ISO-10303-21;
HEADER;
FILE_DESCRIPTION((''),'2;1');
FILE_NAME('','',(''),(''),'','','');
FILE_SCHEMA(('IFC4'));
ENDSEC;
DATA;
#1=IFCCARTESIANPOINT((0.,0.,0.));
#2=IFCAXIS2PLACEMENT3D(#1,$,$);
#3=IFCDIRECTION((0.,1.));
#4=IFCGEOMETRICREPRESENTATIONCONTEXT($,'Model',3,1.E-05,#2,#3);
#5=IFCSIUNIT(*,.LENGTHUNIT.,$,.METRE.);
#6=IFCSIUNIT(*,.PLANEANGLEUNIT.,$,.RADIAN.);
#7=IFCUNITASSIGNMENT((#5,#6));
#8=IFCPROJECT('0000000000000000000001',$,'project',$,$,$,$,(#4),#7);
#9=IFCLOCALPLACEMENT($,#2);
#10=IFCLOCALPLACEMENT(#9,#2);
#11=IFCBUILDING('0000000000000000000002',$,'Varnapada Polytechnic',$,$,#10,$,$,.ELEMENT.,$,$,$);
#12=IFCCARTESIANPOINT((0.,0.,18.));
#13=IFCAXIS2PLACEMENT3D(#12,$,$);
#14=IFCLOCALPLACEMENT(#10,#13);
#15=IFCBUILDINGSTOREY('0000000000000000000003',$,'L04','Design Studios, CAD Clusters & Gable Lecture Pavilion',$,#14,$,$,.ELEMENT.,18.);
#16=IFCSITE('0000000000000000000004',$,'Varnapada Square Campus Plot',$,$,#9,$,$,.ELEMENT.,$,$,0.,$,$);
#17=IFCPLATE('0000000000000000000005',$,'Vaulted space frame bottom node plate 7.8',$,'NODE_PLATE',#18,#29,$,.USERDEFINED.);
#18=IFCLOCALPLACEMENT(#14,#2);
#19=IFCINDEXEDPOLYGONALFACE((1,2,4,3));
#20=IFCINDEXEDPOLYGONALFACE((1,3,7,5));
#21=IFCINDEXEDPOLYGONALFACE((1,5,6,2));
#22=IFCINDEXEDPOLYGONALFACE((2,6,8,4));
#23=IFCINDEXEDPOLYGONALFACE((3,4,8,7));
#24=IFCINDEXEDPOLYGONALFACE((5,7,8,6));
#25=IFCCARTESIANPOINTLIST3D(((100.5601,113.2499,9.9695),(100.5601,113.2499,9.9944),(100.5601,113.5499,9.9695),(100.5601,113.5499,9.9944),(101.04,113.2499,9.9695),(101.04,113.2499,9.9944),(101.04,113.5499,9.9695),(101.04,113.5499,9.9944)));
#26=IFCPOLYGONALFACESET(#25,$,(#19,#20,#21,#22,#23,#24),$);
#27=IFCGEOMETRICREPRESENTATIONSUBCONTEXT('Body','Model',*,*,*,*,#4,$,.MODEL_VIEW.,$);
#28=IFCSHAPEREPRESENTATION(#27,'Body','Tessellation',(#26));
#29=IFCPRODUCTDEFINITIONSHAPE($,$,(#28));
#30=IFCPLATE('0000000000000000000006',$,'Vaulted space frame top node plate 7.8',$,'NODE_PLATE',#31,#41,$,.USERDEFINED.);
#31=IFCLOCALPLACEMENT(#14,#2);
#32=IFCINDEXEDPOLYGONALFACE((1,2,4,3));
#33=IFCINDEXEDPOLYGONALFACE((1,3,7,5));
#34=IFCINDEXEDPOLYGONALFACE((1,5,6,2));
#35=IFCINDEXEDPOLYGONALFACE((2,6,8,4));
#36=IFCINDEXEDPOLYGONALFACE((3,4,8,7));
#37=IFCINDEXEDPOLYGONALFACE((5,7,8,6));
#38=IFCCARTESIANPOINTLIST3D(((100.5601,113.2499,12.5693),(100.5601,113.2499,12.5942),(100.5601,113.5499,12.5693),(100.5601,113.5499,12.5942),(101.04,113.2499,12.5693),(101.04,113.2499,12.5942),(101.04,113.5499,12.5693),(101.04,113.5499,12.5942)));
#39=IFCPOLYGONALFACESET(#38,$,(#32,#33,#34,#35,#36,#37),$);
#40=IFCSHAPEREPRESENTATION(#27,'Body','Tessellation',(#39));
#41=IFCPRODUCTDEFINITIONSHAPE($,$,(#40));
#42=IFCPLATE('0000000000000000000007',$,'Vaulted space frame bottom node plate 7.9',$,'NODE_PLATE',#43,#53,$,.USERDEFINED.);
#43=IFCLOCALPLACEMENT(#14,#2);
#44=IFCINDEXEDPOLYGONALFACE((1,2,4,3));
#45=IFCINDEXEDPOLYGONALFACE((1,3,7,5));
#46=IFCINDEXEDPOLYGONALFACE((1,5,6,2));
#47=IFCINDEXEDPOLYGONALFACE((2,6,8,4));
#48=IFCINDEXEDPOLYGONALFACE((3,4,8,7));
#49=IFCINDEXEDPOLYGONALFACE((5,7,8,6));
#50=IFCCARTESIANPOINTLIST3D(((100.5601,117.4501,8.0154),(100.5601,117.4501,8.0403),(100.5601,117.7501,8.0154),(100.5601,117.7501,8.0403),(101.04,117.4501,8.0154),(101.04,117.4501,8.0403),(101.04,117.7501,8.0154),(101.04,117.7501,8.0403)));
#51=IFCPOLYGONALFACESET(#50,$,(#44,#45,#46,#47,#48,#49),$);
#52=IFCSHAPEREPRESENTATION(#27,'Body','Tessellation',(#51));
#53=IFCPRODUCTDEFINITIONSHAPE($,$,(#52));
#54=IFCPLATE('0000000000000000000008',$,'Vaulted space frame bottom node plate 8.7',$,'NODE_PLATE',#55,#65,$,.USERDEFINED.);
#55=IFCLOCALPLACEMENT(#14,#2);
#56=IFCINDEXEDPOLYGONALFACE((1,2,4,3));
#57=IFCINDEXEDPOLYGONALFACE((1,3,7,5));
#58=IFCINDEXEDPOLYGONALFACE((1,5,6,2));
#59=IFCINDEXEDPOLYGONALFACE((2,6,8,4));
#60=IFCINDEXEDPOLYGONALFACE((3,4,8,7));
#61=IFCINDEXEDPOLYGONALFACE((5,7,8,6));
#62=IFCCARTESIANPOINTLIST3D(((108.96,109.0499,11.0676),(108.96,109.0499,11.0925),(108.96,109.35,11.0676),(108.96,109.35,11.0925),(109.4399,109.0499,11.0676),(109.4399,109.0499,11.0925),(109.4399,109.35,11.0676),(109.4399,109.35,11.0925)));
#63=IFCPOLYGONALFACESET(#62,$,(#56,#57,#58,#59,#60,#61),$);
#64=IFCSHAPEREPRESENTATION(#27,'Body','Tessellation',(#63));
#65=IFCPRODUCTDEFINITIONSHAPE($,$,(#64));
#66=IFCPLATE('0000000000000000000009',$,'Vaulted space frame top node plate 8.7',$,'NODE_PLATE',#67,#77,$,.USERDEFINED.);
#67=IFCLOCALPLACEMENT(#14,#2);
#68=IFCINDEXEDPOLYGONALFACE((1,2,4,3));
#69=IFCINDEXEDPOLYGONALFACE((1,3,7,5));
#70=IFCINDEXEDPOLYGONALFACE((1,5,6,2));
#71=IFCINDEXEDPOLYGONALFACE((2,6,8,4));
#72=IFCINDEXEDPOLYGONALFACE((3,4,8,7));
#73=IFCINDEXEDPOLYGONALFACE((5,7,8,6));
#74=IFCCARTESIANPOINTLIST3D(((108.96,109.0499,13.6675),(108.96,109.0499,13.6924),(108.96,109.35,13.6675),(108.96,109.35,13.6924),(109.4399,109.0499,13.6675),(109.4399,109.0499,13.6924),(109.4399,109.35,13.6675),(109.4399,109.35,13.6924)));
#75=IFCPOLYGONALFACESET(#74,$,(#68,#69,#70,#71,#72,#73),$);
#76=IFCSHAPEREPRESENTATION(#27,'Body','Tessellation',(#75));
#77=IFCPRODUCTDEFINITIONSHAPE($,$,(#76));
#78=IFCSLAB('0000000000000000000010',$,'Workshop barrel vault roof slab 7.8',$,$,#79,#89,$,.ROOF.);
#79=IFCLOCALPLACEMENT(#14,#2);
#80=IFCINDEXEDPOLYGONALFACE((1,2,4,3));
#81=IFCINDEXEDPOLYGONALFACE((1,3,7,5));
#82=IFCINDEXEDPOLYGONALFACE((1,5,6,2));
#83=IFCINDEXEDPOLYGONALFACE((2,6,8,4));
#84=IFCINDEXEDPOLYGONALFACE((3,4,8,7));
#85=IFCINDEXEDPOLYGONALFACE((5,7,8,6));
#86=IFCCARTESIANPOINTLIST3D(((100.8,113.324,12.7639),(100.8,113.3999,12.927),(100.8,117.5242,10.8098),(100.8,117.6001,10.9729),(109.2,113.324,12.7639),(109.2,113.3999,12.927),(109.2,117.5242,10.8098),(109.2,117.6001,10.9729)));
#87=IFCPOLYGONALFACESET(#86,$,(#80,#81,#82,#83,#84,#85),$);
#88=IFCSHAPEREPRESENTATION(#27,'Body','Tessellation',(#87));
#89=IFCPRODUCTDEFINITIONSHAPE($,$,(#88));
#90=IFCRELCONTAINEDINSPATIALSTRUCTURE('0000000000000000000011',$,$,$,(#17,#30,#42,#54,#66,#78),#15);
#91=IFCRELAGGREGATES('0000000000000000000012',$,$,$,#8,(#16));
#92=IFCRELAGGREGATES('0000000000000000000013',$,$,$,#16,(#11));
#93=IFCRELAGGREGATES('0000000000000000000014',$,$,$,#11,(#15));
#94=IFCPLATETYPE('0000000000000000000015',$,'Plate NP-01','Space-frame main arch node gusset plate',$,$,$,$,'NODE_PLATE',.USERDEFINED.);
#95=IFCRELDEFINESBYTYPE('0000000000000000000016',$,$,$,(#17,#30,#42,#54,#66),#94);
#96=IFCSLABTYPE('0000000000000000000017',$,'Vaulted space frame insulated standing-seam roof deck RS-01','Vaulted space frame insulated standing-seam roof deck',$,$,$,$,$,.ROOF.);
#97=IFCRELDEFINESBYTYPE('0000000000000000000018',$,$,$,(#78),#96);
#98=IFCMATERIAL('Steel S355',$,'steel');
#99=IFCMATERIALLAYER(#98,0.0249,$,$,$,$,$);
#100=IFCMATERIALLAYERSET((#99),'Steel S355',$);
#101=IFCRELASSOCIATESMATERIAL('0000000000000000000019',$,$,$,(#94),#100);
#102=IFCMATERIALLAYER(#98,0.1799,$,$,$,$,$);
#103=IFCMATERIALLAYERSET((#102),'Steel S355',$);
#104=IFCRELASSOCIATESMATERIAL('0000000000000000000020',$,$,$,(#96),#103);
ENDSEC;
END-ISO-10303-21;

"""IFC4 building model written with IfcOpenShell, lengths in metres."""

from ifc_helpers import new_model, si_unit, direction, frame, origin, origin_2d, place, context, subcontext, project, spatial, polyline, rectangle, outline, extrude, material, layer, layer_set, type_object, element, save


model = new_model("IFC4")

# Units and contexts
model_context = context("Model", 3, precision=1e-05, world=origin(), true_north=direction((0.0, 1.0)))
body_context = subcontext(model_context, "Body", "Model", "MODEL_VIEW")
ifc_project = project(units=[si_unit("LENGTHUNIT", "METRE"), si_unit("PLANEANGLEUNIT", "RADIAN")], contexts=[model_context])

# Site, building, storey
site_placement = place(None, origin())
site = spatial("IfcSite", under=ifc_project, at=site_placement, Name="Varnapada Square Campus Plot", CompositionType="ELEMENT", RefElevation=0.0)
building_placement = place(site_placement, origin())
building = spatial("IfcBuilding", under=site, at=building_placement, Name="Varnapada Polytechnic", CompositionType="ELEMENT")
storey_placement = place(building_placement, frame((0.0, 0.0, 18.0)))
storey = spatial("IfcBuildingStorey", under=building, at=storey_placement, Name="L04", Description="Design Studios, CAD Clusters & Gable Lecture Pavilion", CompositionType="ELEMENT", Elevation=18.0)

# Shared definitions
ifc_material = material(Name="Steel S355", Category="steel")

# Plates
ifc_layer_1 = layer(ifc_material, 0.0249)
ifc_layer_set_1 = layer_set([ifc_layer_1], Name="Steel S355")
plate_type = type_object("IfcPlateType", Name="Plate NP-01", Description="Space-frame main arch node gusset plate", ElementType="NODE_PLATE", PredefinedType="USERDEFINED", material=ifc_layer_set_1)
for number, where, z_axis, x_axis, name in (
    (1, (100.8, 113.3999, 9.9695), (0.0, 0.0, 1.0), (1.0, 0.0, 0.0), "Vaulted space frame bottom node plate 7.8"),
    (2, (100.8, 113.3999, 12.5693), (0.0, 0.0, 1.0), (1.0, 0.0, 0.0), "Vaulted space frame top node plate 7.8"),
    (3, (100.8, 117.6001, 8.0154), (0.0, 0.0, 1.0), (1.0, 0.0, 0.0), "Vaulted space frame bottom node plate 7.9"),
    (4, (109.2, 109.2, 11.0676), (0.0, 0.0, 1.0), (1.0, 0.0, 0.0), "Vaulted space frame bottom node plate 8.7"),
    (5, (109.2, 109.2, 13.6675), (0.0, 0.0, 1.0), (1.0, 0.0, 0.0), "Vaulted space frame top node plate 8.7"),
):
    element("IfcPlate", number, at=place(storey_placement, frame(where, z_axis=z_axis, x_axis=x_axis)), inside=storey, type_object=plate_type, Name=name, ObjectType="NODE_PLATE", PredefinedType="USERDEFINED", context=body_context, shape_type="SweptSolid", body=[
        extrude(rectangle(XDim=0.48, YDim=0.3, at=origin_2d()), origin(), (0.0, 0.0, 1.0), 0.0249),
    ])

# Slab
ifc_layer_2 = layer(ifc_material, 0.1799)
ifc_layer_set_2 = layer_set([ifc_layer_2], Name="Steel S355")
slab_type = type_object("IfcSlabType", Name="Vaulted space frame insulated standing-seam roof deck RS-01", Description="Vaulted space frame insulated standing-seam roof deck", PredefinedType="ROOF", material=ifc_layer_set_2)
slab_placement = place(storey_placement, frame((100.8, 113.3999, 12.927), z_axis=(0.0, 0.421823, 0.906678), x_axis=(1.0, 0.0, 0.0)))
element("IfcSlab", 6, at=slab_placement, inside=storey, type_object=slab_type, Name="Workshop barrel vault roof slab 7.8", PredefinedType="ROOF", context=body_context, shape_type="SweptSolid", body=[
    extrude(outline(polyline([(0.0, 0.0), (8.3999, 0.0), (8.3999, 4.6325), (0.0, 4.6325), (0.0, 0.0)])), origin(), (0.0, 0.0, -1.0), 0.1799),
])

save(model, "model.ifc")
